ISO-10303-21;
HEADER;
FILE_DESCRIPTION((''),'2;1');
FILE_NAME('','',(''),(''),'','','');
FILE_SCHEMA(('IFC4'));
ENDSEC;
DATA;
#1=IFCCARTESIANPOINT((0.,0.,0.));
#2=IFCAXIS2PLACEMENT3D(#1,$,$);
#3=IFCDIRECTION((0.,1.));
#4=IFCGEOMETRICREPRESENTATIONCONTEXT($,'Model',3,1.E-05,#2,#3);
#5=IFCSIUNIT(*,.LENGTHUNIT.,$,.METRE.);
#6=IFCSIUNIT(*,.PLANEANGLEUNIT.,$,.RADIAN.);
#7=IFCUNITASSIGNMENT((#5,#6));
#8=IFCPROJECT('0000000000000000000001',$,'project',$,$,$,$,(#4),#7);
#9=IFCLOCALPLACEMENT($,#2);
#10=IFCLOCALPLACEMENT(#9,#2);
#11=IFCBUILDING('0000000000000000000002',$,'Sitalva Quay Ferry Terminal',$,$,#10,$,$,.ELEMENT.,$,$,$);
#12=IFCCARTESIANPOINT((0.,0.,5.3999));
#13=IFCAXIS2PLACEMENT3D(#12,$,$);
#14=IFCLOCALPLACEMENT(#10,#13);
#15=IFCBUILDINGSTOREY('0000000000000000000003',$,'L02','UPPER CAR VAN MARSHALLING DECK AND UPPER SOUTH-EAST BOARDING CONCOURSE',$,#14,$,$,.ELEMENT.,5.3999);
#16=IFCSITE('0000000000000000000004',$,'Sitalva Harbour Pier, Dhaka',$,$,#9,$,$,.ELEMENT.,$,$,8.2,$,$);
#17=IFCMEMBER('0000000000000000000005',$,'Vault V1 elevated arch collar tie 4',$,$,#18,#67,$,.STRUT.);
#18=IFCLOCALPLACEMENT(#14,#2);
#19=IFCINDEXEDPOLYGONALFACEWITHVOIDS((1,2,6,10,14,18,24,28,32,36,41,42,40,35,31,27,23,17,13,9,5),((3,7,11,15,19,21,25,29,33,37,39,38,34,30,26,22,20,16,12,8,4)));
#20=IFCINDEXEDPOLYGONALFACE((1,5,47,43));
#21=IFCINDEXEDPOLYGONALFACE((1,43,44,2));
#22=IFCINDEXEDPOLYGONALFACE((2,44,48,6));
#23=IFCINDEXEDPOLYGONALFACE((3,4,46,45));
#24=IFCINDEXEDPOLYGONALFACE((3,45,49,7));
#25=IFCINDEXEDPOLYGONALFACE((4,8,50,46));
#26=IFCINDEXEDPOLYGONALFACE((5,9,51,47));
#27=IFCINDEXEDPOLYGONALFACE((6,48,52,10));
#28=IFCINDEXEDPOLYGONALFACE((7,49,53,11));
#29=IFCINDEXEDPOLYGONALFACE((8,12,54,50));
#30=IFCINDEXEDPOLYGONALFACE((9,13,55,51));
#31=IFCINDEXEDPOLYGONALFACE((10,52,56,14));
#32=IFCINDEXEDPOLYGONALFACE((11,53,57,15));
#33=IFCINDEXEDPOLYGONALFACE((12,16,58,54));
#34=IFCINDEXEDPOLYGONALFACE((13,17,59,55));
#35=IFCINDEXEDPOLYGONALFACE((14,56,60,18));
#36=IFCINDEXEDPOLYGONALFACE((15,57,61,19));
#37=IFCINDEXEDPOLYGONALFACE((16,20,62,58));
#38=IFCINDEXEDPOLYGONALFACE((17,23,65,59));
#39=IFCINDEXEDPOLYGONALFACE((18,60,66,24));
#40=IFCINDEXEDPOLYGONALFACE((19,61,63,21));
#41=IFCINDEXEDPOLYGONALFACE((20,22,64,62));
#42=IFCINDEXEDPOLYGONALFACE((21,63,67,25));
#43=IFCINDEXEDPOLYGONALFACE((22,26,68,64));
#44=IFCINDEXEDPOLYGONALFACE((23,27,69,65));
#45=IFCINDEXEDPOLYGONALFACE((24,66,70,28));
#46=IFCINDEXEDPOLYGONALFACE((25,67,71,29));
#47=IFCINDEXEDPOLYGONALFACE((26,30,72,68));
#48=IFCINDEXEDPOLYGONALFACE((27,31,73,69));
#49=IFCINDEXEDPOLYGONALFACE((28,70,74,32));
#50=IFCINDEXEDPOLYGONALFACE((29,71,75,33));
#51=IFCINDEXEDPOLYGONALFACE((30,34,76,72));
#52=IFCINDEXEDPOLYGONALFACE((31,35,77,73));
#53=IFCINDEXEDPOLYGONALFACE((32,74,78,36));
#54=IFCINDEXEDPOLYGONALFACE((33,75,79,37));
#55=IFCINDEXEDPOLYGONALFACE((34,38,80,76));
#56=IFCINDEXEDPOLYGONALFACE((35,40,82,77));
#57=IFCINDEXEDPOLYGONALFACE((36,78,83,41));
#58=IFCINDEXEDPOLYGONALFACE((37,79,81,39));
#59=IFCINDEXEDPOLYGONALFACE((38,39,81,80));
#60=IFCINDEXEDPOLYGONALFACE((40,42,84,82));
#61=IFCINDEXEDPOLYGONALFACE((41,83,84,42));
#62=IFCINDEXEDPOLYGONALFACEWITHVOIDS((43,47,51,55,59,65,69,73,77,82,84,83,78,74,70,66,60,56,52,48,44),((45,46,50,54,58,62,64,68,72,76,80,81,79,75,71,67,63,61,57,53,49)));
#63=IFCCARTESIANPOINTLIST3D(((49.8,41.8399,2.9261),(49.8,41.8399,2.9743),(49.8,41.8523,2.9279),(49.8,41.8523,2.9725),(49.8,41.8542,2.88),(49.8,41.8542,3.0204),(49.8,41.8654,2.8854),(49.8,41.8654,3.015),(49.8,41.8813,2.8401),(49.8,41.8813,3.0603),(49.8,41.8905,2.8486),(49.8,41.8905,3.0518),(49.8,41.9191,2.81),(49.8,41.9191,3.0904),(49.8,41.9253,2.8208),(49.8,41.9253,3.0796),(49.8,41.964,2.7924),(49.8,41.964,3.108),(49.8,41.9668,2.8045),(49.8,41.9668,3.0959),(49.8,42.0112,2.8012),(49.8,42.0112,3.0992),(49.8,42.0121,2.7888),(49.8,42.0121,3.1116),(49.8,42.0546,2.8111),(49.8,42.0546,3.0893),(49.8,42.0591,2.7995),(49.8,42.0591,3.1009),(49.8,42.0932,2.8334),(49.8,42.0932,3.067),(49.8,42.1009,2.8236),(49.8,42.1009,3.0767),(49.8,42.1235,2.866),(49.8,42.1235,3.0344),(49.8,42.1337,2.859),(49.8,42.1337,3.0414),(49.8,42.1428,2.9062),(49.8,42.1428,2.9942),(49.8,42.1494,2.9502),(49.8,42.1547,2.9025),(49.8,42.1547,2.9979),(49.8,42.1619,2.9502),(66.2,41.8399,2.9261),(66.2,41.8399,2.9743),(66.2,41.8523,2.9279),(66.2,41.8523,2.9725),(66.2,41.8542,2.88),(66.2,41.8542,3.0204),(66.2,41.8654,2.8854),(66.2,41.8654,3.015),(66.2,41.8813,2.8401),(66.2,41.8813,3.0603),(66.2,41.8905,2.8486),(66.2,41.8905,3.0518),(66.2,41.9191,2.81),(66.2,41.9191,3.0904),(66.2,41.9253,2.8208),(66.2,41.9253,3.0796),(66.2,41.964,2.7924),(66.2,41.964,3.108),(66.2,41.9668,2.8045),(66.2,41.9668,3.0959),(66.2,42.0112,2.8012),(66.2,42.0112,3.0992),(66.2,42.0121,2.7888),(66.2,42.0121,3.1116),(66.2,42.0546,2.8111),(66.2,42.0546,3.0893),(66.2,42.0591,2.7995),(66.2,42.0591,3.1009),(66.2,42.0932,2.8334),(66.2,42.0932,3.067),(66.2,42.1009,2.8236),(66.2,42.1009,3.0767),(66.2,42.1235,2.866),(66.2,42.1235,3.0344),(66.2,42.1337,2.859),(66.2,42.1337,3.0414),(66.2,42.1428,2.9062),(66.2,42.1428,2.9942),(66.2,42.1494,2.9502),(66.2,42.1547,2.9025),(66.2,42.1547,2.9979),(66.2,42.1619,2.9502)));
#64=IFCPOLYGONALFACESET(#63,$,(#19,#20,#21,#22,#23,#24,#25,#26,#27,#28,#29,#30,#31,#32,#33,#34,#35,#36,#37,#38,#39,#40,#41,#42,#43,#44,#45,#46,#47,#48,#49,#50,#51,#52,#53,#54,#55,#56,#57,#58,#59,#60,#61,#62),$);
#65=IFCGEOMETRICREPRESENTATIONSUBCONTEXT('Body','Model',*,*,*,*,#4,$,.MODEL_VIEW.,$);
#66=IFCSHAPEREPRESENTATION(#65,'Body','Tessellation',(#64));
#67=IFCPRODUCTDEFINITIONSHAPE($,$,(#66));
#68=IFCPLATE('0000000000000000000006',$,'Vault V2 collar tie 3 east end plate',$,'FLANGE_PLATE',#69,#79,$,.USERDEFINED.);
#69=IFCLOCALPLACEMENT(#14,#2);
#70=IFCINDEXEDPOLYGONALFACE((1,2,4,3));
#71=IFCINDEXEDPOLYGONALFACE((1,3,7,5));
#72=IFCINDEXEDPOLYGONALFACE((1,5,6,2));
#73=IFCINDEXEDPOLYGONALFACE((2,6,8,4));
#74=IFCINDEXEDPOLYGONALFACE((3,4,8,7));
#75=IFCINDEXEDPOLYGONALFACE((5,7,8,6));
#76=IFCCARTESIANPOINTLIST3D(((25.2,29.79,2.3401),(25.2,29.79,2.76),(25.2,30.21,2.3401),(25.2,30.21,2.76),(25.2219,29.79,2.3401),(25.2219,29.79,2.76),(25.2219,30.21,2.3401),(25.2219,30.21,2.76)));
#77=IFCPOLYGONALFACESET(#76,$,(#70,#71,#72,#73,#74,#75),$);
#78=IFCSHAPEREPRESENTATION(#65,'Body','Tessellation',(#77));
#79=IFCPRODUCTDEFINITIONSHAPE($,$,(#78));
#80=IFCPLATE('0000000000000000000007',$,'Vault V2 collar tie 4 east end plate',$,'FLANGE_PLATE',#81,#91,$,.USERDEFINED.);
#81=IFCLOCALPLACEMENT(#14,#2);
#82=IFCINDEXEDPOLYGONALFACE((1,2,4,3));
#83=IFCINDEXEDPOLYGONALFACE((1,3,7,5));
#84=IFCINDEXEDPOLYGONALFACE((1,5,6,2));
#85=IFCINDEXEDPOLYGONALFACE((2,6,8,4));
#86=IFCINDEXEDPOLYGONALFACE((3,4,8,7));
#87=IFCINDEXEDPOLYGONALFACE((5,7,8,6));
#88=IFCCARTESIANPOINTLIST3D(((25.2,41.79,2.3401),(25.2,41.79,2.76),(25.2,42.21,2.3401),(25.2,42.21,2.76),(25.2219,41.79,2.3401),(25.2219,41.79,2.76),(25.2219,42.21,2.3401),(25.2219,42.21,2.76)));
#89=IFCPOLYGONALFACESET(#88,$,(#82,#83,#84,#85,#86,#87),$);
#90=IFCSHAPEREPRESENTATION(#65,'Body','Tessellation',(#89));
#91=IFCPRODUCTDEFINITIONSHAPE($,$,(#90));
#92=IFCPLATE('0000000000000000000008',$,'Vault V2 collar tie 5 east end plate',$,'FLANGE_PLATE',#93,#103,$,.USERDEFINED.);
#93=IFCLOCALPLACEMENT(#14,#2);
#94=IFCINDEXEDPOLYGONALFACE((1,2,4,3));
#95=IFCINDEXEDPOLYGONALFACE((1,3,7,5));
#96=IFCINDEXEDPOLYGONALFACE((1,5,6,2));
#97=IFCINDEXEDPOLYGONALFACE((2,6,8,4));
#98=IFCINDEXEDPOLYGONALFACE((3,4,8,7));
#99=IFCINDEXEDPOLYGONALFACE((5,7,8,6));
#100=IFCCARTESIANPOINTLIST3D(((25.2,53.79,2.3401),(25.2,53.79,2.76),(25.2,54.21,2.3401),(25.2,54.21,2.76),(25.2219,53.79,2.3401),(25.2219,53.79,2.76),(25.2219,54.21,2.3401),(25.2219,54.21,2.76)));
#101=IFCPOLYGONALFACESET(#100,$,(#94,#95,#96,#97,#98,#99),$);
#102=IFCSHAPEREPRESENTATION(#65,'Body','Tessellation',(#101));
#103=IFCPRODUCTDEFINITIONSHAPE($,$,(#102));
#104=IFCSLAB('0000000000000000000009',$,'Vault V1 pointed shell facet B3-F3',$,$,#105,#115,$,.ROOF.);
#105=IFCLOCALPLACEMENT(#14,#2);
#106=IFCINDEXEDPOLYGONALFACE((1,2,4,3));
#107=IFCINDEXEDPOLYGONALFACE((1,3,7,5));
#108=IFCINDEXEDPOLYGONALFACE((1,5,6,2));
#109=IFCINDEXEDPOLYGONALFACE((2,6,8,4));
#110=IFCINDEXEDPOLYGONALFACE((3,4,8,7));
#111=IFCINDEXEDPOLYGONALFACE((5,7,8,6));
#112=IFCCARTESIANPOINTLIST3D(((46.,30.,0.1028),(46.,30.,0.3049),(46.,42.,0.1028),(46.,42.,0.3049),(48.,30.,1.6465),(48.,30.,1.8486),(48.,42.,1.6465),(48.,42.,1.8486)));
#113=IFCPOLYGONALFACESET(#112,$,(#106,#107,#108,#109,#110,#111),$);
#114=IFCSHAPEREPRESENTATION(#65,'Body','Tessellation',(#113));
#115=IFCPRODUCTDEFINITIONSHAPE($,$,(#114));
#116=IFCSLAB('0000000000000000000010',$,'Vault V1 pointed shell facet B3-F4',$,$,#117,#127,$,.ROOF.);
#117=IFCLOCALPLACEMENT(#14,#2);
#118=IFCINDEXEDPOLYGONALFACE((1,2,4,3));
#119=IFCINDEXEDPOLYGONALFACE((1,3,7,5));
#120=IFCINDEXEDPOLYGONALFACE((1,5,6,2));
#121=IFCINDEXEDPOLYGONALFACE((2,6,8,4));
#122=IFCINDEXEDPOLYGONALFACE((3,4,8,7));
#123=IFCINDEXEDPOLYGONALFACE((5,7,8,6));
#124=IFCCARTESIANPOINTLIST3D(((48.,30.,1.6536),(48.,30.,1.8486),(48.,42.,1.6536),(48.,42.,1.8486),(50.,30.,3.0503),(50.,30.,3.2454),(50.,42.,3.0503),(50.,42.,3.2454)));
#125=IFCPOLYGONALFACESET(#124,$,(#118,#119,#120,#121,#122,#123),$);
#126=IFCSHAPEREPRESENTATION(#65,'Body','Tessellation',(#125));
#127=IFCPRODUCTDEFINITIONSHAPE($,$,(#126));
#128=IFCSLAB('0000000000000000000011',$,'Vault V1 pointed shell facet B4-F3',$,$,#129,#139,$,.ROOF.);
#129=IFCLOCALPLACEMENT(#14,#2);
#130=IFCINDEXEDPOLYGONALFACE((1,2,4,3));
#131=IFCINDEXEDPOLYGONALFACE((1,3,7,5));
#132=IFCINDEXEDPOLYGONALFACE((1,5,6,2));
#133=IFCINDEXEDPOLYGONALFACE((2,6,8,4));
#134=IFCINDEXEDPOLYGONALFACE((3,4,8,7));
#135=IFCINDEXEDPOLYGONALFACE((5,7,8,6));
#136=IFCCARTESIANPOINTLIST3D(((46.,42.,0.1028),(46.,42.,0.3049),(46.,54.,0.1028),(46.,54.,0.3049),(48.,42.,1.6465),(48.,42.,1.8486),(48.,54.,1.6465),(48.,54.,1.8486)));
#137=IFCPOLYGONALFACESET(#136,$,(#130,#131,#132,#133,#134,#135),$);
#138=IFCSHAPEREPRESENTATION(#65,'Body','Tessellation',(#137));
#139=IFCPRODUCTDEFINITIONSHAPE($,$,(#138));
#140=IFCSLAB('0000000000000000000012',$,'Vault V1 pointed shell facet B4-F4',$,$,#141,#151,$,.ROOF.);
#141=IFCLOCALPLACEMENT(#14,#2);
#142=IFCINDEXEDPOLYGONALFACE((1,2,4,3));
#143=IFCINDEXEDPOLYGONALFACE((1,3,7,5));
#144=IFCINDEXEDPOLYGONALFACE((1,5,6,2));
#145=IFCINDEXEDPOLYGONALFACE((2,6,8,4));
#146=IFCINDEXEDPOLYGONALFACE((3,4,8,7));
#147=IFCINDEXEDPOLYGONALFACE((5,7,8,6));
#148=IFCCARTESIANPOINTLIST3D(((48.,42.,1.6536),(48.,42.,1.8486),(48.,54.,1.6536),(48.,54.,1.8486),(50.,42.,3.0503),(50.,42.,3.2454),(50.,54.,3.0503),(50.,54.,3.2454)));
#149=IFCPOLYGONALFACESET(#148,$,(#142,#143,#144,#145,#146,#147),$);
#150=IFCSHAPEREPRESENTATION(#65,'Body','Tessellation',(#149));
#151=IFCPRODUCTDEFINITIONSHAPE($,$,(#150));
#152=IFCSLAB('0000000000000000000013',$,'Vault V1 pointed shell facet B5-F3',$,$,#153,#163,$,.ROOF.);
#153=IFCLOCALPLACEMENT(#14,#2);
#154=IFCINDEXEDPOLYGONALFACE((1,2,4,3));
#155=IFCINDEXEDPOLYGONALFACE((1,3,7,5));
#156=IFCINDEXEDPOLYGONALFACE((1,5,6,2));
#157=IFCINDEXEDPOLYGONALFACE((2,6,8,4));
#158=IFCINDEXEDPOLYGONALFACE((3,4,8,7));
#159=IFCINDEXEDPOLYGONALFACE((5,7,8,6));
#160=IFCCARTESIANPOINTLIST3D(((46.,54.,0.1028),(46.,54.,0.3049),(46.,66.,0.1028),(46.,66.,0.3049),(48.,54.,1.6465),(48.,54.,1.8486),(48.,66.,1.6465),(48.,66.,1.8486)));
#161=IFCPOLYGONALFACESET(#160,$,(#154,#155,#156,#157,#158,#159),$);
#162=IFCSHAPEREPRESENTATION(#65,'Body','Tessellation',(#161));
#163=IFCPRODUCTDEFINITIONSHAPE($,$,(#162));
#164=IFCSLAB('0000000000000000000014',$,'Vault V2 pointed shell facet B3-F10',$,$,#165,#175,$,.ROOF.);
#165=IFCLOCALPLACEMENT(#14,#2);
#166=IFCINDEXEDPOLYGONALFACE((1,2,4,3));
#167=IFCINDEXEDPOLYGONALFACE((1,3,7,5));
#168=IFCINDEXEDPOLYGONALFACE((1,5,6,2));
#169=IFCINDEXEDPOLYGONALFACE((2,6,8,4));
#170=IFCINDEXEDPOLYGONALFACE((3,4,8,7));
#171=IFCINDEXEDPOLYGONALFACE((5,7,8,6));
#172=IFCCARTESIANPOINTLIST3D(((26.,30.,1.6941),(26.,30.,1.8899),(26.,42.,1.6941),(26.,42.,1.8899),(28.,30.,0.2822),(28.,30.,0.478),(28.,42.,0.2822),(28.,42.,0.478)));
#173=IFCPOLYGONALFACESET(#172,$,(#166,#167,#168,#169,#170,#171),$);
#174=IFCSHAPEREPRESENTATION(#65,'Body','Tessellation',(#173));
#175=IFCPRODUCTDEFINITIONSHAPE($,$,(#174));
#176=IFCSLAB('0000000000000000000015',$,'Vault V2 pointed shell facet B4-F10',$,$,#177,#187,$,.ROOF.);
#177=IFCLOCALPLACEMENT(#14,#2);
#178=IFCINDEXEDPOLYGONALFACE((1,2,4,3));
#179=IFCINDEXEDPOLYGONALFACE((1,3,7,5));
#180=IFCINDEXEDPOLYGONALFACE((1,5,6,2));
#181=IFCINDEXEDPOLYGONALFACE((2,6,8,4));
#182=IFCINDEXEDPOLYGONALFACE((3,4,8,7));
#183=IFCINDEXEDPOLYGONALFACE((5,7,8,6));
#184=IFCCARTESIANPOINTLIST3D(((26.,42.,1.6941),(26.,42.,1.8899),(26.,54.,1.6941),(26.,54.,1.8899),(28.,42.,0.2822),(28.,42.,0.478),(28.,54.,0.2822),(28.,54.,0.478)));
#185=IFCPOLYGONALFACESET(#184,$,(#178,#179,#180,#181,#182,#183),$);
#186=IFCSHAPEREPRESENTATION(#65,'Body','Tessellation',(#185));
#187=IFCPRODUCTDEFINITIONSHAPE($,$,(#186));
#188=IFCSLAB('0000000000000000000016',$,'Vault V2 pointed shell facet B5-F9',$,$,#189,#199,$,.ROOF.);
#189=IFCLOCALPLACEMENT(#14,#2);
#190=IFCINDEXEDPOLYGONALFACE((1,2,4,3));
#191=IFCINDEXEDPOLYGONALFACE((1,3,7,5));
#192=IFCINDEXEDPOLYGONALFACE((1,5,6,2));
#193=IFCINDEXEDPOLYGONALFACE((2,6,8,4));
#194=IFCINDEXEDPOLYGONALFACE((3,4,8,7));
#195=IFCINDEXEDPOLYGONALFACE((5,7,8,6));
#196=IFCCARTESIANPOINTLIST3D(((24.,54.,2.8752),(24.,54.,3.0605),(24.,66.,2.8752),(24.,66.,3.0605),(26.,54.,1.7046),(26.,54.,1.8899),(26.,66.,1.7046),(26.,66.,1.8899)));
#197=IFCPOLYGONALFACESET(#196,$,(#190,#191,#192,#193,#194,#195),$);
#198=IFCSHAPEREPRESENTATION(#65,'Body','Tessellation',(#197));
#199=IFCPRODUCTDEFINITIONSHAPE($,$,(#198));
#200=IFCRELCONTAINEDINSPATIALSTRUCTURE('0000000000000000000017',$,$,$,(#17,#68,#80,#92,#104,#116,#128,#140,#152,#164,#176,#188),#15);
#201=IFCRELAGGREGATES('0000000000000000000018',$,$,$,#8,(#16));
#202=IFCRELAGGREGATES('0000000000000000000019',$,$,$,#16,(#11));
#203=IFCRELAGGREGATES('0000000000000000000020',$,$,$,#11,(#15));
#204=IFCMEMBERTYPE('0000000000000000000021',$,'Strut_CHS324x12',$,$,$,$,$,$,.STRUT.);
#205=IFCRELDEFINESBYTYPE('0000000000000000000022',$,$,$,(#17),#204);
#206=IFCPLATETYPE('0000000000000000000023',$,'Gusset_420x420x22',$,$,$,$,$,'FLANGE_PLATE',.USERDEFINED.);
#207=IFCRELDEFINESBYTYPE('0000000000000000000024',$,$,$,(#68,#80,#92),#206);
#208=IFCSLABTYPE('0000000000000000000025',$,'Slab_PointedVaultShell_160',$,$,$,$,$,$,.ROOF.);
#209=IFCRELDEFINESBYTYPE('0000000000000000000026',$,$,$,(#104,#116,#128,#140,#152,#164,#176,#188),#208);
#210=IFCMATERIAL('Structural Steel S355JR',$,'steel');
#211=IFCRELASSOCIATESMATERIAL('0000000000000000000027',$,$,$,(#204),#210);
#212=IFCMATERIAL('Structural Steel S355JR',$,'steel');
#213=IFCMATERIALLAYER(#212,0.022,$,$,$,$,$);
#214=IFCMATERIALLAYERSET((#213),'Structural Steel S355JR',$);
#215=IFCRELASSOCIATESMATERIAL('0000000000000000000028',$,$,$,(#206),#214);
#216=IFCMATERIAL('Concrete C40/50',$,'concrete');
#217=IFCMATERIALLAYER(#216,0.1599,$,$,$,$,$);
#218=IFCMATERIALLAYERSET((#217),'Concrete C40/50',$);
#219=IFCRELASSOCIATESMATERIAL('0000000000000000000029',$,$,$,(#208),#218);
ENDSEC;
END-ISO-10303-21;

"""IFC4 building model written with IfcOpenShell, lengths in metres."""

from ifc_helpers import new_model, si_unit, direction, frame, origin, origin_2d, place, context, subcontext, project, spatial, polyline, rectangle, hollow_circle, outline, extrude, material, layer, layer_set, material_profile, profile_set, type_object, element, save


model = new_model("IFC4")

# Units and contexts
model_context = context("Model", 3, precision=1e-05, world=origin(), true_north=direction((0.0, 1.0)))
body_context = subcontext(model_context, "Body", "Model", "MODEL_VIEW")
ifc_project = project(units=[si_unit("LENGTHUNIT", "METRE"), si_unit("PLANEANGLEUNIT", "RADIAN")], contexts=[model_context])

# Site, building, storey
site_placement = place(None, origin())
site = spatial("IfcSite", under=ifc_project, at=site_placement, Name="Sitalva Harbour Pier, Dhaka", CompositionType="ELEMENT", RefElevation=8.2)
building_placement = place(site_placement, origin())
building = spatial("IfcBuilding", under=site, at=building_placement, Name="Sitalva Quay Ferry Terminal", CompositionType="ELEMENT")
storey_placement = place(building_placement, frame((0.0, 0.0, 5.3999)))
storey = spatial("IfcBuildingStorey", under=building, at=storey_placement, Name="L02", Description="UPPER CAR VAN MARSHALLING DECK AND UPPER SOUTH-EAST BOARDING CONCOURSE", CompositionType="ELEMENT", Elevation=5.3999)

# Member
ifc_material_1 = material(Name="Structural Steel S355JR", Category="steel")
ifc_material_profile_1 = material_profile(ifc_material_1, hollow_circle(Radius=0.1619, WallThickness=0.0125, at=origin_2d()), Name="CHS324x12.5")
ifc_profile_set_1 = profile_set([ifc_material_profile_1], Name="Structural Steel S355JR")
member_type = type_object("IfcMemberType", Name="Strut_CHS324x12", PredefinedType="STRUT", material=ifc_profile_set_1)
for number, where, z_axis, x_axis, name in (
    (1, (49.8, 42.0, 2.9502), (1.0, 0.0, 0.0), (0.0, 1.0, 0.0), "Vault V1 elevated arch collar tie 4"),
):
    element("IfcMember", number, at=place(storey_placement, frame(where, z_axis=z_axis, x_axis=x_axis)), inside=storey, type_object=member_type, Name=name, PredefinedType="STRUT", context=body_context, shape_type="SweptSolid", body=[
        extrude(hollow_circle(Radius=0.1619, WallThickness=0.0125, at=origin_2d()), origin(), (0.0, 0.0, 1.0), 16.3999),
    ])

# Plates
ifc_material_2 = material(Name="Structural Steel S355JR", Category="steel")
ifc_layer_1 = layer(ifc_material_2, 0.022)
ifc_layer_set_1 = layer_set([ifc_layer_1], Name="Structural Steel S355JR")
plate_type = type_object("IfcPlateType", Name="Gusset_420x420x22", ElementType="FLANGE_PLATE", PredefinedType="USERDEFINED", material=ifc_layer_set_1)
for number, where, z_axis, x_axis, name in (
    (2, (25.2109, 30.0, 2.3401), (0.0, 0.0, 1.0), (1.0, 0.0, 0.0), "Vault V2 collar tie 3 east end plate"),
    (3, (25.2109, 42.0, 2.3401), (0.0, 0.0, 1.0), (1.0, 0.0, 0.0), "Vault V2 collar tie 4 east end plate"),
    (4, (25.2109, 54.0, 2.3401), (0.0, 0.0, 1.0), (1.0, 0.0, 0.0), "Vault V2 collar tie 5 east end plate"),
):
    element("IfcPlate", number, at=place(storey_placement, frame(where, z_axis=z_axis, x_axis=x_axis)), inside=storey, type_object=plate_type, Name=name, ObjectType="FLANGE_PLATE", PredefinedType="USERDEFINED", context=body_context, shape_type="SweptSolid", body=[
        extrude(rectangle(XDim=0.022, YDim=0.4199, at=origin_2d()), origin(), (0.0, 0.0, 1.0), 0.4199),
    ])

# Slabs
ifc_material_3 = material(Name="Concrete C40/50", Category="concrete")
ifc_layer_2 = layer(ifc_material_3, 0.1599)
ifc_layer_set_2 = layer_set([ifc_layer_2], Name="Concrete C40/50")
slab_type = type_object("IfcSlabType", Name="Slab_PointedVaultShell_160", PredefinedType="ROOF", material=ifc_layer_set_2)
slab_1_placement = place(storey_placement, frame((46.0, 30.0, 0.3049), z_axis=(-0.611013, 0.0, 0.791621), x_axis=(0.791621, 0.0, 0.611013)))
element("IfcSlab", 5, at=slab_1_placement, inside=storey, type_object=slab_type, Name="Vault V1 pointed shell facet B3-F3", PredefinedType="ROOF", context=body_context, shape_type="SweptSolid", body=[
    extrude(outline(polyline([(0.0, 0.0), (2.5265, 0.0), (2.5265, 12.0), (0.0, 12.0), (0.0, 0.0)])), origin(), (-0.611013, 0.0, -0.791621), 0.2021),
])
slab_2_placement = place(storey_placement, frame((48.0, 30.0, 1.8486), z_axis=(-0.572562, 0.0, 0.819861), x_axis=(0.819861, 0.0, 0.572562)))
element("IfcSlab", 6, at=slab_2_placement, inside=storey, type_object=slab_type, Name="Vault V1 pointed shell facet B3-F4", PredefinedType="ROOF", context=body_context, shape_type="SweptSolid", body=[
    extrude(outline(polyline([(0.0, 0.0), (2.4394, 0.0), (2.4394, 12.0), (0.0, 12.0), (0.0, 0.0)])), origin(), (-0.572562, 0.0, -0.819861), 0.1951),
])
slab_3_placement = place(storey_placement, frame((46.0, 42.0, 0.3049), z_axis=(-0.611013, 0.0, 0.791621), x_axis=(0.791621, 0.0, 0.611013)))
element("IfcSlab", 7, at=slab_3_placement, inside=storey, type_object=slab_type, Name="Vault V1 pointed shell facet B4-F3", PredefinedType="ROOF", context=body_context, shape_type="SweptSolid", body=[
    extrude(outline(polyline([(0.0, 0.0), (2.5265, 0.0), (2.5265, 12.0), (0.0, 12.0), (0.0, 0.0)])), origin(), (-0.611013, 0.0, -0.791621), 0.2021),
])
slab_4_placement = place(storey_placement, frame((48.0, 42.0, 1.8486), z_axis=(-0.572562, 0.0, 0.819861), x_axis=(0.819861, 0.0, 0.572562)))
element("IfcSlab", 8, at=slab_4_placement, inside=storey, type_object=slab_type, Name="Vault V1 pointed shell facet B4-F4", PredefinedType="ROOF", context=body_context, shape_type="SweptSolid", body=[
    extrude(outline(polyline([(0.0, 0.0), (2.4394, 0.0), (2.4394, 12.0), (0.0, 12.0), (0.0, 0.0)])), origin(), (-0.572562, 0.0, -0.819861), 0.1951),
])
slab_5_placement = place(storey_placement, frame((46.0, 54.0, 0.3049), z_axis=(-0.611013, 0.0, 0.791621), x_axis=(0.791621, 0.0, 0.611013)))
element("IfcSlab", 9, at=slab_5_placement, inside=storey, type_object=slab_type, Name="Vault V1 pointed shell facet B5-F3", PredefinedType="ROOF", context=body_context, shape_type="SweptSolid", body=[
    extrude(outline(polyline([(0.0, 0.0), (2.5265, 0.0), (2.5265, 12.0), (0.0, 12.0), (0.0, 0.0)])), origin(), (-0.611013, 0.0, -0.791621), 0.2021),
])
for number, where, z_axis, x_axis, name in (
    (10, (26.0, 30.0, 1.8899), (0.576711, 0.0, 0.816949), (0.816949, 0.0, -0.576711), "Vault V2 pointed shell facet B3-F10"),
    (11, (26.0, 42.0, 1.8899), (0.576711, 0.0, 0.816949), (0.816949, 0.0, -0.576711), "Vault V2 pointed shell facet B4-F10"),
):
    element("IfcSlab", number, at=place(storey_placement, frame(where, z_axis=z_axis, x_axis=x_axis)), inside=storey, type_object=slab_type, Name=name, PredefinedType="ROOF", context=body_context, shape_type="SweptSolid", body=[
        extrude(outline(polyline([(0.0, 0.0), (2.4481, 0.0), (2.4481, 12.0), (0.0, 12.0), (0.0, 0.0)])), origin(), (0.576711, 0.0, -0.816949), 0.1958),
    ])
slab_6_placement = place(storey_placement, frame((24.0, 54.0, 3.0605), z_axis=(0.505154, 0.0, 0.863029), x_axis=(0.863029, 0.0, -0.505154)))
element("IfcSlab", 12, at=slab_6_placement, inside=storey, type_object=slab_type, Name="Vault V2 pointed shell facet B5-F9", PredefinedType="ROOF", context=body_context, shape_type="SweptSolid", body=[
    extrude(outline(polyline([(0.0, 0.0), (2.3174, 0.0), (2.3174, 12.0), (0.0, 12.0), (0.0, 0.0)])), origin(), (0.505154, 0.0, -0.863029), 0.1853),
])

save(model, "model.ifc")
